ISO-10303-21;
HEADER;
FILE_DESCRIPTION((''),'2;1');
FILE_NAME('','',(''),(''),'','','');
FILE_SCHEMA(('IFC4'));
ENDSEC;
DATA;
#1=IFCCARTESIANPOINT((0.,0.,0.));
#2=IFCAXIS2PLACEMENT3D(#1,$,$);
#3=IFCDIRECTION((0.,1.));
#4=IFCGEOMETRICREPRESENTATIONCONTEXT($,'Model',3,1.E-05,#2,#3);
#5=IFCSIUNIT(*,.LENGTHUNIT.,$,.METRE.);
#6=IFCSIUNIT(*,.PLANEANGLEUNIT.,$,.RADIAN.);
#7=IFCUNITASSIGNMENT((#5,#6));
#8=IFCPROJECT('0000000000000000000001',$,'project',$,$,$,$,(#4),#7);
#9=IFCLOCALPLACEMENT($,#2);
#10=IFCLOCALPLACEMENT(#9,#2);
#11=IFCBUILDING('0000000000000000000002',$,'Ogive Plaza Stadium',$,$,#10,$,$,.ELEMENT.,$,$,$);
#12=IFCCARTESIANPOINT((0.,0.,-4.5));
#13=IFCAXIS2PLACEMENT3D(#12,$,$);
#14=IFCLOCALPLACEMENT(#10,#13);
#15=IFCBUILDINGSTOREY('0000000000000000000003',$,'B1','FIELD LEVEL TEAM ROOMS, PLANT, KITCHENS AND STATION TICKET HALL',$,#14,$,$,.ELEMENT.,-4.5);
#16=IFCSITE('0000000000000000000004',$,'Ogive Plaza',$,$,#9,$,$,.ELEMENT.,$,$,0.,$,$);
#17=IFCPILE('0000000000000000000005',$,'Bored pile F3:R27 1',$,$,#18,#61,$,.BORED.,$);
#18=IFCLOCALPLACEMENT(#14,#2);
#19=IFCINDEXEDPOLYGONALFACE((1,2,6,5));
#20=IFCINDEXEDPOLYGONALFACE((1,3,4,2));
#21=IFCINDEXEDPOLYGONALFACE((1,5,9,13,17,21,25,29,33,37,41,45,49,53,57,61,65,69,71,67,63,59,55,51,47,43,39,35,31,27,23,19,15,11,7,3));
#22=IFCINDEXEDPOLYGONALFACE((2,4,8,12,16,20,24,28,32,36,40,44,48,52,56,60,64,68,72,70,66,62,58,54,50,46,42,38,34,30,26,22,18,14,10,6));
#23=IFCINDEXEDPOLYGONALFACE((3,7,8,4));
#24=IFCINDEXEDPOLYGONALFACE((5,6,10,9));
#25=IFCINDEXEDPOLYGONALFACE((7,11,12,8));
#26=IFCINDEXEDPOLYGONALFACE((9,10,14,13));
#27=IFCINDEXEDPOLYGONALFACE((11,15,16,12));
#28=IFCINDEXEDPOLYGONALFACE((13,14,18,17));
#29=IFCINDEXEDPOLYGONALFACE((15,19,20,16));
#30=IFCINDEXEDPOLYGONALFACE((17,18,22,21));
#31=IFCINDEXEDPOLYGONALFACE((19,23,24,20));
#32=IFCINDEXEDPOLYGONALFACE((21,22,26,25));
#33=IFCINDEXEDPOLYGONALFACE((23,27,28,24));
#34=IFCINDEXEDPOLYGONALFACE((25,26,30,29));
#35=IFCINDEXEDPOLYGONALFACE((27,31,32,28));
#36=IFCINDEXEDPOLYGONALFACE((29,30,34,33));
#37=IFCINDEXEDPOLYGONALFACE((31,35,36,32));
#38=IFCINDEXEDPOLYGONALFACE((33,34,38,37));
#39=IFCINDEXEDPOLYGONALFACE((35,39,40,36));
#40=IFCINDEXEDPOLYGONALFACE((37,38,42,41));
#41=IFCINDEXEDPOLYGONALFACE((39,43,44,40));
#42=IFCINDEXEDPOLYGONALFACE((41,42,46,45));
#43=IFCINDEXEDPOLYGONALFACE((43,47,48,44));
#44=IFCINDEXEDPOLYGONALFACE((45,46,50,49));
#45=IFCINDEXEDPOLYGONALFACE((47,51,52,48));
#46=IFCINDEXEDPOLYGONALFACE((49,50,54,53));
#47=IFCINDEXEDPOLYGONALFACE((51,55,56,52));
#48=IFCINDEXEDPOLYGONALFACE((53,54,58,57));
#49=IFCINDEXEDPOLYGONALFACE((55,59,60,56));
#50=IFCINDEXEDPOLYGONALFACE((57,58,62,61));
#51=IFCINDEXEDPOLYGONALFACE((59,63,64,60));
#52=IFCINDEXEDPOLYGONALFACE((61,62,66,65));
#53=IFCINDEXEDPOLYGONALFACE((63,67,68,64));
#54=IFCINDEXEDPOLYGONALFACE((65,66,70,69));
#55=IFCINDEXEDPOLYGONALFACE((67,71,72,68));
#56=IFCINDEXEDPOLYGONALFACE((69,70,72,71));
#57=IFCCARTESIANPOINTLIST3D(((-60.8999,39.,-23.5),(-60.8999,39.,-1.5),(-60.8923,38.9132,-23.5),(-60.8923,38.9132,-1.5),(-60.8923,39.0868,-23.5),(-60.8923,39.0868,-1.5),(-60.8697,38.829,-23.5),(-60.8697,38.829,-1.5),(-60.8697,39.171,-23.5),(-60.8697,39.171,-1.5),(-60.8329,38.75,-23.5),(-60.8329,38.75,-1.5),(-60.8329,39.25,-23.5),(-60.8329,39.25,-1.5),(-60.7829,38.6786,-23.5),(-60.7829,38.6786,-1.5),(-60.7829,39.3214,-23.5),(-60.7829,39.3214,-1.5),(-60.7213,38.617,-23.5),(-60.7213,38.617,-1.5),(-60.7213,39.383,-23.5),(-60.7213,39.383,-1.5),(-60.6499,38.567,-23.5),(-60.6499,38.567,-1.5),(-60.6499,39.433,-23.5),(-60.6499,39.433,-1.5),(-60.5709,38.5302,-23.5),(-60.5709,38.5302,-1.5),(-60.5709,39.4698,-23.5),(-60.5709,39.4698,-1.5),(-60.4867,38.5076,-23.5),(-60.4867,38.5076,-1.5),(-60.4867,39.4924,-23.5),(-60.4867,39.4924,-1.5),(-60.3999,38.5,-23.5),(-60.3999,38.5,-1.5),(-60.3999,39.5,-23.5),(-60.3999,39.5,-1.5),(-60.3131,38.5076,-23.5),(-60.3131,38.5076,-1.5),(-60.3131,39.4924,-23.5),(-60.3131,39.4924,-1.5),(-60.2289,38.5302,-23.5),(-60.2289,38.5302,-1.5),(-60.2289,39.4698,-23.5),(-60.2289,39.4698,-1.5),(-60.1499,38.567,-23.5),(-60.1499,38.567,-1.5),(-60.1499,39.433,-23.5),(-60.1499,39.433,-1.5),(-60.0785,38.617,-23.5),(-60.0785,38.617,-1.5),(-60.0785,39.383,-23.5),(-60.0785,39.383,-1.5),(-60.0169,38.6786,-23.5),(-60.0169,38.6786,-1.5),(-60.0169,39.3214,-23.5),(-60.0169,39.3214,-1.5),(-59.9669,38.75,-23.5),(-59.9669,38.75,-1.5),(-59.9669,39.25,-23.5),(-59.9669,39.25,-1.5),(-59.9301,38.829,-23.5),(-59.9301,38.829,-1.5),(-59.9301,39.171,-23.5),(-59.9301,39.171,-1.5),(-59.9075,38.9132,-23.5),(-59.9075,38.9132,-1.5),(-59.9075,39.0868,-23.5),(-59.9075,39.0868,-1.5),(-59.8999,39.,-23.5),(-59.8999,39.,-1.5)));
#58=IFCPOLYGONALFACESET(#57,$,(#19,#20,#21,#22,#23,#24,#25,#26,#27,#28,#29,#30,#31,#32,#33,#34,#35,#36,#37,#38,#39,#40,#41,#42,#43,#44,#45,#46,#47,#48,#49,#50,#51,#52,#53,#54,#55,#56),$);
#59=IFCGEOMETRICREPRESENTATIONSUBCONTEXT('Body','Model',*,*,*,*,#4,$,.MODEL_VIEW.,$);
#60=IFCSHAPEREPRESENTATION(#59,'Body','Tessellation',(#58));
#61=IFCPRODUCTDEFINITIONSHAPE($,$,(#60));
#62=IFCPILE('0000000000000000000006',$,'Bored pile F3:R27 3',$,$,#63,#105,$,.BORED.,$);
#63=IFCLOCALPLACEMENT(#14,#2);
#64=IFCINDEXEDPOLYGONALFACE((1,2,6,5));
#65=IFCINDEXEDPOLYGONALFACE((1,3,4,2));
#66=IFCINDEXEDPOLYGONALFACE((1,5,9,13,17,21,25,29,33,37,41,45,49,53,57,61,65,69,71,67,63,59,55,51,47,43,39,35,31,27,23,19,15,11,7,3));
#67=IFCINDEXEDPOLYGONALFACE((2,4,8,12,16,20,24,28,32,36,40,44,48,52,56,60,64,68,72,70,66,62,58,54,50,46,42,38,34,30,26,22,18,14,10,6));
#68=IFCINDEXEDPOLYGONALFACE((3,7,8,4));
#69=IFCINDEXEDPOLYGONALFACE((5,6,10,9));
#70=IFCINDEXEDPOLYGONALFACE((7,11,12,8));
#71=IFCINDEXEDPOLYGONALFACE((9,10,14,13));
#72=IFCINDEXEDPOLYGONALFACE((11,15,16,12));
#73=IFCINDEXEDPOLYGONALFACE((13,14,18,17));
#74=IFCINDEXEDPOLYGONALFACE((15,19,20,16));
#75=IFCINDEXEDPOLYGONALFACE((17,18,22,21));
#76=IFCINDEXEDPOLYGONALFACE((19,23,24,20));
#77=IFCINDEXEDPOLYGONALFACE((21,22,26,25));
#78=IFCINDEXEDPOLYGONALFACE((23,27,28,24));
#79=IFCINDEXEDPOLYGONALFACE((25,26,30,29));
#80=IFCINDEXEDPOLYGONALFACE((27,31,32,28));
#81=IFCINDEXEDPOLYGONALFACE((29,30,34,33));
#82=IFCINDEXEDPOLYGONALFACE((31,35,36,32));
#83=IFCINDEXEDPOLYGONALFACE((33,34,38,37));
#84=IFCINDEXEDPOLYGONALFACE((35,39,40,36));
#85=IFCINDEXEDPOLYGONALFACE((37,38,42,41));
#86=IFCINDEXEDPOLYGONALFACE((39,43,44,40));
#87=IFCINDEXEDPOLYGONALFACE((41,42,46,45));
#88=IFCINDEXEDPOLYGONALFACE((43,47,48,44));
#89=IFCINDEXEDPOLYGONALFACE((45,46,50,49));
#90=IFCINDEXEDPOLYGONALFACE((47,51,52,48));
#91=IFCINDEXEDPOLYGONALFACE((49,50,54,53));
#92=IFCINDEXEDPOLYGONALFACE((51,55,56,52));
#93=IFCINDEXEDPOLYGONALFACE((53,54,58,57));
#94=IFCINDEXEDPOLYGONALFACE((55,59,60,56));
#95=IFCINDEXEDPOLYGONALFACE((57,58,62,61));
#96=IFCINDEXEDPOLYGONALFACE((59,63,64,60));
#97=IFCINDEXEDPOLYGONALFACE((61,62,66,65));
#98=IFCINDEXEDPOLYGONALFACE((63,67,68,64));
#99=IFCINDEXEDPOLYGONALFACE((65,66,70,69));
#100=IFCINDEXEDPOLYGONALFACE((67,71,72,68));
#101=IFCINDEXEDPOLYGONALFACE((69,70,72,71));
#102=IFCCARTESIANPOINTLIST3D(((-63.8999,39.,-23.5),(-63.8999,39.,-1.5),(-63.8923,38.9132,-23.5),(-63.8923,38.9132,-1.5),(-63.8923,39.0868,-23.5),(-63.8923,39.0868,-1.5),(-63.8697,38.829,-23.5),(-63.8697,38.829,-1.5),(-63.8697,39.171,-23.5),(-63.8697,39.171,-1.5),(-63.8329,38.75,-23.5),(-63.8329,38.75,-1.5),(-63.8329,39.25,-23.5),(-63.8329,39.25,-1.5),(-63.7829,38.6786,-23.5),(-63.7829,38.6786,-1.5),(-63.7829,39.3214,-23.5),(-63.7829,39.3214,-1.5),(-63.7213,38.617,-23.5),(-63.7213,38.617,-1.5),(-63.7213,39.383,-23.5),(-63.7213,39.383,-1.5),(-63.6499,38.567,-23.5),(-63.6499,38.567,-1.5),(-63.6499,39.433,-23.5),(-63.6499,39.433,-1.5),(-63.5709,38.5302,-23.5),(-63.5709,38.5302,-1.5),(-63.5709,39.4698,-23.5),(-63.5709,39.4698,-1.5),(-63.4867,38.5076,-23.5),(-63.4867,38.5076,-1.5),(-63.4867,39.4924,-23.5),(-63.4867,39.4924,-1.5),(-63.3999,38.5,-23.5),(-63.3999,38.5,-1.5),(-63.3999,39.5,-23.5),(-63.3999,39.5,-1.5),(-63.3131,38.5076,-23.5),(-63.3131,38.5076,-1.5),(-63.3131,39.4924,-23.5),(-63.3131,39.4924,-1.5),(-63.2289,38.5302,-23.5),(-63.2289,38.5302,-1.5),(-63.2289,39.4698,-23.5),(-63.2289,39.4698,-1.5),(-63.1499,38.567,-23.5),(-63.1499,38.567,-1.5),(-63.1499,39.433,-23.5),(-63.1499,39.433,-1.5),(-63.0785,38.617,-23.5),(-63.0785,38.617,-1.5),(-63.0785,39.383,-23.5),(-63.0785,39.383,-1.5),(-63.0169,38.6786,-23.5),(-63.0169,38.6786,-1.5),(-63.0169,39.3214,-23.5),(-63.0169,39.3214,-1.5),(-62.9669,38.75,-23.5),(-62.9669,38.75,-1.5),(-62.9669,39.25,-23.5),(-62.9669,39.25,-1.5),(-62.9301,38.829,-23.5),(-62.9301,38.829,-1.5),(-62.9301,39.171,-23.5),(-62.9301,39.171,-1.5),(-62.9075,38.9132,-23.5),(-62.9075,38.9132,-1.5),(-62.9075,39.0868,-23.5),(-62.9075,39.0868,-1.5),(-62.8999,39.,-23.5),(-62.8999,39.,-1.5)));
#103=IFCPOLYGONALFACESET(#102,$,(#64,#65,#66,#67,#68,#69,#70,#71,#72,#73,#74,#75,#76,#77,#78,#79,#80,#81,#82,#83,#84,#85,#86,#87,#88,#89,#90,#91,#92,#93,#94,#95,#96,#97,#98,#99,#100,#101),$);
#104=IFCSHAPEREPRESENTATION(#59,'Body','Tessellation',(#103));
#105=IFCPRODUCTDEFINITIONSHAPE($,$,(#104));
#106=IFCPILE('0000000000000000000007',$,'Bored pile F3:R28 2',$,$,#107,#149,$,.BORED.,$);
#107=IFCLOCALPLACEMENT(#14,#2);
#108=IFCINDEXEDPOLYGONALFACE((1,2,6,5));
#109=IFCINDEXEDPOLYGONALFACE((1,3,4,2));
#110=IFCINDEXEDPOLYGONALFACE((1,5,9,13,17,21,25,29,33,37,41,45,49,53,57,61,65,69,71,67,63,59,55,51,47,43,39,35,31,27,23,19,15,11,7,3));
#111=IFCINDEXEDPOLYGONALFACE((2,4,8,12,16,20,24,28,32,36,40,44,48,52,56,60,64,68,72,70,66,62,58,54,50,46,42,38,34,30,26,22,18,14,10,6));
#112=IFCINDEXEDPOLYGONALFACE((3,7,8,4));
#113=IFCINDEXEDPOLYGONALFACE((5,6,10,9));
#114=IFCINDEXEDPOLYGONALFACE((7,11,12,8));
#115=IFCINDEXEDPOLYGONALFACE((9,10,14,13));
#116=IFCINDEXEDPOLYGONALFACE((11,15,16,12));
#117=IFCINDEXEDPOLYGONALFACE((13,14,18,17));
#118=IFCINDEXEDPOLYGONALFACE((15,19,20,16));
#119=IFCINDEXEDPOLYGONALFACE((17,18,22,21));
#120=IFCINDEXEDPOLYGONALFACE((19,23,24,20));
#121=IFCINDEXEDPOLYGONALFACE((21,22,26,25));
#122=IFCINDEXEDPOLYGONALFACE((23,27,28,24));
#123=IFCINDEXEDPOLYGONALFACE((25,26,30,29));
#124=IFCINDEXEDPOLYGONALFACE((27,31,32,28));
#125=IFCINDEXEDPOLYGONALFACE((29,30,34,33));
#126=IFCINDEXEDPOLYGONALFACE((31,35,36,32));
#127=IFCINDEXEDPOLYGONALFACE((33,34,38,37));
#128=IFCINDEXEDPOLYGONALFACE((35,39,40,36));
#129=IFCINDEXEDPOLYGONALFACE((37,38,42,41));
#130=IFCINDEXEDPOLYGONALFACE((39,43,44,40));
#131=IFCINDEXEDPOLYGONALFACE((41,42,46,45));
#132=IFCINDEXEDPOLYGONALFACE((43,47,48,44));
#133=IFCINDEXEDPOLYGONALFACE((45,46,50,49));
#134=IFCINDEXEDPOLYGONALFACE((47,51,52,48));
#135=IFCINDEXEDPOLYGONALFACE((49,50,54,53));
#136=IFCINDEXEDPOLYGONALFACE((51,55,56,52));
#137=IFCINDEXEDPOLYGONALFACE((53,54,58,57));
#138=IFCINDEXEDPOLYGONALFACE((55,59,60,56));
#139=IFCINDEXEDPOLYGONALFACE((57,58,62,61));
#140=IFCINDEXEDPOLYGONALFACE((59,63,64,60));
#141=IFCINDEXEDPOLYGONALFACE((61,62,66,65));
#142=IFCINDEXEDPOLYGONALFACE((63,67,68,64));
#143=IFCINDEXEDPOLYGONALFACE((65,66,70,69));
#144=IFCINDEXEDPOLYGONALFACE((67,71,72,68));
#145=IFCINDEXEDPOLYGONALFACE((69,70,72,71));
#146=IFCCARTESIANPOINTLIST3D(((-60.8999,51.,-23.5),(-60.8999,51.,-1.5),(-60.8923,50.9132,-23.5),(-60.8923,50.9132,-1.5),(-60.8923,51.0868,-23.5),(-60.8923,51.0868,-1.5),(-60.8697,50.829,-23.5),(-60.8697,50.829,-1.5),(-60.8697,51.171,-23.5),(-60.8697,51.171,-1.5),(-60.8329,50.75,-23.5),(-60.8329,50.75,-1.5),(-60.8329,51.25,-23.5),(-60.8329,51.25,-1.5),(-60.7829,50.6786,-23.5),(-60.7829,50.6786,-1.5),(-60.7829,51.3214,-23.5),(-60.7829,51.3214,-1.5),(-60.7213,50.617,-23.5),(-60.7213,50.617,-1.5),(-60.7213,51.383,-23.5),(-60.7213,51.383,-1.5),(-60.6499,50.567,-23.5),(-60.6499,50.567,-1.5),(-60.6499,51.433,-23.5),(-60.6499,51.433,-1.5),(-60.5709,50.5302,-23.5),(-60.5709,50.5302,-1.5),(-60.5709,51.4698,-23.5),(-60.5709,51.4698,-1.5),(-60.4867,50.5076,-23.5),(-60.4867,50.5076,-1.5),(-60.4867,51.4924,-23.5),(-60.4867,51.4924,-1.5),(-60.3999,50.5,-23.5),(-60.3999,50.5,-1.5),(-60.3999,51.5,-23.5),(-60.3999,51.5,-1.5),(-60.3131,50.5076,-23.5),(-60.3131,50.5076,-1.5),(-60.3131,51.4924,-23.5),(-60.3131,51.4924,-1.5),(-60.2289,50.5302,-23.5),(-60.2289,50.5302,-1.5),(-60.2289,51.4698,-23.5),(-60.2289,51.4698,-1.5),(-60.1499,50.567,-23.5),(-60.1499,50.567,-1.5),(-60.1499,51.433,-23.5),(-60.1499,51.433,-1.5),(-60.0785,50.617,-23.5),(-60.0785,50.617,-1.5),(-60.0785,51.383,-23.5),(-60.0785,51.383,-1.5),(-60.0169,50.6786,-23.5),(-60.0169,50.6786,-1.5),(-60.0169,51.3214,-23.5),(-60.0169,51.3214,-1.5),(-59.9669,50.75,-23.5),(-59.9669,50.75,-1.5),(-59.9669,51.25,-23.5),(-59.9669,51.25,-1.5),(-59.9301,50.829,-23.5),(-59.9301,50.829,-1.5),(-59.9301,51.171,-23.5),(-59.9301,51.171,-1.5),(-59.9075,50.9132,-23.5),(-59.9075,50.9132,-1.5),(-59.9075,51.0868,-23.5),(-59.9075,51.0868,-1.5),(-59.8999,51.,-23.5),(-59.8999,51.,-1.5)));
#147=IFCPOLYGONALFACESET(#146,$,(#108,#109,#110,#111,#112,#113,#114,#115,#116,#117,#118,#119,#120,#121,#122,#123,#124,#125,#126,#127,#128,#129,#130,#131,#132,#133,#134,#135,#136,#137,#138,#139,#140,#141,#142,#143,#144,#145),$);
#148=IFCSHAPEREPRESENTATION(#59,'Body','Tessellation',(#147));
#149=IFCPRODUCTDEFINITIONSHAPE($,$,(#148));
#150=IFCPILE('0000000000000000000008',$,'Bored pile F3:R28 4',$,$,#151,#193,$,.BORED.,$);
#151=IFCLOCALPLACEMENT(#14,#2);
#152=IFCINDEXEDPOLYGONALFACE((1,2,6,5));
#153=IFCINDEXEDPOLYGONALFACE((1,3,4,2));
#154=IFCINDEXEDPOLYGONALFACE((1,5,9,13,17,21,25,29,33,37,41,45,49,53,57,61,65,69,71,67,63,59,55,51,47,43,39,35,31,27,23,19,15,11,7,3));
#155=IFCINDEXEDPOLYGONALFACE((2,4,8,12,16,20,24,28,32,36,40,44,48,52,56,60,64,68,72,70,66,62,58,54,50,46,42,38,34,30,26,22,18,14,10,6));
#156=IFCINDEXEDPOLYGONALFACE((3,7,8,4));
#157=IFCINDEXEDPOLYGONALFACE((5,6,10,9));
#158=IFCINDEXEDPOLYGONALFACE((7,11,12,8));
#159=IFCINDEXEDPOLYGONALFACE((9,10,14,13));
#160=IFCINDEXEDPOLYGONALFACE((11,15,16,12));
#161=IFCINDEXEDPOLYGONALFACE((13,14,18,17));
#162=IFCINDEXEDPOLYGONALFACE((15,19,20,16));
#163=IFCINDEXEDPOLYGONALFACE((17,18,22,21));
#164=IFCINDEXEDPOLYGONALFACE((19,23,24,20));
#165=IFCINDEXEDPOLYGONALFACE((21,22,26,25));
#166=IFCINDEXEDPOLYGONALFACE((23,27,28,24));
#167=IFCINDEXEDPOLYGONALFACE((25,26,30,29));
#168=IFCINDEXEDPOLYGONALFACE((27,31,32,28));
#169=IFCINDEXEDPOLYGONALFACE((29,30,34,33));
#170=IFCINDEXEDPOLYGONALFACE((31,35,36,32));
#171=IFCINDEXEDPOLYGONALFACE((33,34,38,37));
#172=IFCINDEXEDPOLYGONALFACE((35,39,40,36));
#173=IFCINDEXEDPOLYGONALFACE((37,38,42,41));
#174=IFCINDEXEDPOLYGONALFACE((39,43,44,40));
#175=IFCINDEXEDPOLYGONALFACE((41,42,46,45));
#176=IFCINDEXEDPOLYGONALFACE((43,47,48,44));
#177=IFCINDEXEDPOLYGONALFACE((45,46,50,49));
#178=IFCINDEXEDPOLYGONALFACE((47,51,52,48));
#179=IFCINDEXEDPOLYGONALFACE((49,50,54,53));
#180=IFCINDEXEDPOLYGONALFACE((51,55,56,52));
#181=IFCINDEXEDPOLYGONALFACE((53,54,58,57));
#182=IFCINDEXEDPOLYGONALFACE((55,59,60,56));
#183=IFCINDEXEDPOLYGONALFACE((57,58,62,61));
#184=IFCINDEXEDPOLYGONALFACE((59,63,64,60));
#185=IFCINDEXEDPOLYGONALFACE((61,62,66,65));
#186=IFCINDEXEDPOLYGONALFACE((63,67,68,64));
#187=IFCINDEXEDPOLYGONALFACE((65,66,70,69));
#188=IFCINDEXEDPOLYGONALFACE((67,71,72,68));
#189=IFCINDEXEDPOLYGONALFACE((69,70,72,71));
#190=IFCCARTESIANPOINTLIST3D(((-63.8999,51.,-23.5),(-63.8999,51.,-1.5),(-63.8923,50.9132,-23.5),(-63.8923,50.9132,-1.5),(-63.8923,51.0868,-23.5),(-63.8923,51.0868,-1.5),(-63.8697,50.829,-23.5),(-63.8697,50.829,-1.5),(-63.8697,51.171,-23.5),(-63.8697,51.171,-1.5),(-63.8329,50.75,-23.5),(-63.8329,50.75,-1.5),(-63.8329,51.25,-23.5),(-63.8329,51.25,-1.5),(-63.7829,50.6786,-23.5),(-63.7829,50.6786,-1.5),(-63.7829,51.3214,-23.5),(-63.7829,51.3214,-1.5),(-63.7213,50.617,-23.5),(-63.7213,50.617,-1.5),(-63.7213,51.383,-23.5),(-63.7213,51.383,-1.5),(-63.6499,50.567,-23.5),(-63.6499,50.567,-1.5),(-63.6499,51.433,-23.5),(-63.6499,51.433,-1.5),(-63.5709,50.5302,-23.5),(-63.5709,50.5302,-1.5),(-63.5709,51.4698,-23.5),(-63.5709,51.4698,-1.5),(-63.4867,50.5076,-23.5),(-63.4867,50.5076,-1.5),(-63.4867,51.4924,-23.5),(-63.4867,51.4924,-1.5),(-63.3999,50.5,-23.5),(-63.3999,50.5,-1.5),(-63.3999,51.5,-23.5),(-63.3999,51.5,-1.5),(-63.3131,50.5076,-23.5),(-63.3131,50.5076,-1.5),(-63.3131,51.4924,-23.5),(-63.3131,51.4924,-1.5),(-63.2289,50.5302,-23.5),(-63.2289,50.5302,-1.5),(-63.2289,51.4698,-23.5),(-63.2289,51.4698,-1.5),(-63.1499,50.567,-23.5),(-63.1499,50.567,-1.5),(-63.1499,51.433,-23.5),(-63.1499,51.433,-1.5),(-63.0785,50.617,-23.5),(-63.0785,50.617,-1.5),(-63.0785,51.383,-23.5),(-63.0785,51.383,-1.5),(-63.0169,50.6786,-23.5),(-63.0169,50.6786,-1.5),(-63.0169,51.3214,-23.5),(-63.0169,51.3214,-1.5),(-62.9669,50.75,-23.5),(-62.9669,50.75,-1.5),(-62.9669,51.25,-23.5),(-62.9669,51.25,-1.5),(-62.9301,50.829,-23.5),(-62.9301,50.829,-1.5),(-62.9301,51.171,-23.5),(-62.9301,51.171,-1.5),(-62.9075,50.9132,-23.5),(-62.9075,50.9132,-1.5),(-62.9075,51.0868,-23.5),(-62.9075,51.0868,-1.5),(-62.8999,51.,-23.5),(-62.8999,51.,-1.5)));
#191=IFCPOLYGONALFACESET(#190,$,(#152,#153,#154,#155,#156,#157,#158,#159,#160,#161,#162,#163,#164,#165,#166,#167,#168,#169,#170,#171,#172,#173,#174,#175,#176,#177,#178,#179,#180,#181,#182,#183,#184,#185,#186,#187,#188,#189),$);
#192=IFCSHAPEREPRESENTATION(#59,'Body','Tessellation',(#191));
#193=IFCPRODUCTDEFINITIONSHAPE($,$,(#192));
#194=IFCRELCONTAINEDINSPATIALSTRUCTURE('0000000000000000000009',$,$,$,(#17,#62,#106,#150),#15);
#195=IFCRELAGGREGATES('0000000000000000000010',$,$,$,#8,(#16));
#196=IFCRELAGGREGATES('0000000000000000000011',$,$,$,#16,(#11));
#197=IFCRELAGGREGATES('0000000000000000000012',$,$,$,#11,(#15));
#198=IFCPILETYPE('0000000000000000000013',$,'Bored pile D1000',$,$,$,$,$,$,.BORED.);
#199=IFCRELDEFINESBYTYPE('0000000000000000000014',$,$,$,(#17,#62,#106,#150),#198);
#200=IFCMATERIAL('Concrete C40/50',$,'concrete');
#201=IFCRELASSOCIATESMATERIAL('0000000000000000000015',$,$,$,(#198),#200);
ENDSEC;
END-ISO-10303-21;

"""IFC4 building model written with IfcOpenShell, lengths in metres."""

from ifc_helpers import new_model, si_unit, direction, frame, origin, origin_2d, place, context, subcontext, project, spatial, circle, extrude, material, material_profile, profile_set, type_object, element, save


model = new_model("IFC4")

# Units and contexts
model_context = context("Model", 3, precision=1e-05, world=origin(), true_north=direction((0.0, 1.0)))
body_context = subcontext(model_context, "Body", "Model", "MODEL_VIEW")
ifc_project = project(units=[si_unit("LENGTHUNIT", "METRE"), si_unit("PLANEANGLEUNIT", "RADIAN")], contexts=[model_context])

# Site, building, storey
site_placement = place(None, origin())
site = spatial("IfcSite", under=ifc_project, at=site_placement, Name="Ogive Plaza", CompositionType="ELEMENT", RefElevation=0.0)
building_placement = place(site_placement, origin())
building = spatial("IfcBuilding", under=site, at=building_placement, Name="Ogive Plaza Stadium", CompositionType="ELEMENT")
storey_placement = place(building_placement, frame((0.0, 0.0, -4.5)))
storey = spatial("IfcBuildingStorey", under=building, at=storey_placement, Name="B1", Description="FIELD LEVEL TEAM ROOMS, PLANT, KITCHENS AND STATION TICKET HALL", CompositionType="ELEMENT", Elevation=-4.5)

# Piles
ifc_material_1 = material(Name="Concrete C40/50", Category="concrete")
ifc_material_profile_1 = material_profile(ifc_material_1, circle(Radius=0.5, at=origin_2d()), Name="RC D1000")
ifc_profile_set_1 = profile_set([ifc_material_profile_1], Name="Concrete C40/50")
pile_type_1 = type_object("IfcPileType", Name="Bored pile D1000", PredefinedType="BORED", material=ifc_profile_set_1)
for number, where, z_axis, x_axis, name in (
    (1, (-60.3999, 39.0, -1.5), (0.0, 0.0, -1.0), (1.0, 0.0, 0.0), "Bored pile F3:R27 1"),
    (2, (-63.3999, 39.0, -1.5), (0.0, 0.0, -1.0), (1.0, 0.0, 0.0), "Bored pile F3:R27 3"),
    (3, (-60.3999, 51.0, -1.5), (0.0, 0.0, -1.0), (1.0, 0.0, 0.0), "Bored pile F3:R28 2"),
    (4, (-63.3999, 51.0, -1.5), (0.0, 0.0, -1.0), (1.0, 0.0, 0.0), "Bored pile F3:R28 4"),
):
    element("IfcPile", number, at=place(storey_placement, frame(where, z_axis=z_axis, x_axis=x_axis)), inside=storey, type_object=pile_type_1, Name=name, PredefinedType="BORED", context=body_context, shape_type="SweptSolid", body=[
        extrude(circle(Radius=0.5, at=origin_2d()), origin(), (0.0, 0.0, 1.0), 22.0),
    ])

save(model, "model.ifc")
